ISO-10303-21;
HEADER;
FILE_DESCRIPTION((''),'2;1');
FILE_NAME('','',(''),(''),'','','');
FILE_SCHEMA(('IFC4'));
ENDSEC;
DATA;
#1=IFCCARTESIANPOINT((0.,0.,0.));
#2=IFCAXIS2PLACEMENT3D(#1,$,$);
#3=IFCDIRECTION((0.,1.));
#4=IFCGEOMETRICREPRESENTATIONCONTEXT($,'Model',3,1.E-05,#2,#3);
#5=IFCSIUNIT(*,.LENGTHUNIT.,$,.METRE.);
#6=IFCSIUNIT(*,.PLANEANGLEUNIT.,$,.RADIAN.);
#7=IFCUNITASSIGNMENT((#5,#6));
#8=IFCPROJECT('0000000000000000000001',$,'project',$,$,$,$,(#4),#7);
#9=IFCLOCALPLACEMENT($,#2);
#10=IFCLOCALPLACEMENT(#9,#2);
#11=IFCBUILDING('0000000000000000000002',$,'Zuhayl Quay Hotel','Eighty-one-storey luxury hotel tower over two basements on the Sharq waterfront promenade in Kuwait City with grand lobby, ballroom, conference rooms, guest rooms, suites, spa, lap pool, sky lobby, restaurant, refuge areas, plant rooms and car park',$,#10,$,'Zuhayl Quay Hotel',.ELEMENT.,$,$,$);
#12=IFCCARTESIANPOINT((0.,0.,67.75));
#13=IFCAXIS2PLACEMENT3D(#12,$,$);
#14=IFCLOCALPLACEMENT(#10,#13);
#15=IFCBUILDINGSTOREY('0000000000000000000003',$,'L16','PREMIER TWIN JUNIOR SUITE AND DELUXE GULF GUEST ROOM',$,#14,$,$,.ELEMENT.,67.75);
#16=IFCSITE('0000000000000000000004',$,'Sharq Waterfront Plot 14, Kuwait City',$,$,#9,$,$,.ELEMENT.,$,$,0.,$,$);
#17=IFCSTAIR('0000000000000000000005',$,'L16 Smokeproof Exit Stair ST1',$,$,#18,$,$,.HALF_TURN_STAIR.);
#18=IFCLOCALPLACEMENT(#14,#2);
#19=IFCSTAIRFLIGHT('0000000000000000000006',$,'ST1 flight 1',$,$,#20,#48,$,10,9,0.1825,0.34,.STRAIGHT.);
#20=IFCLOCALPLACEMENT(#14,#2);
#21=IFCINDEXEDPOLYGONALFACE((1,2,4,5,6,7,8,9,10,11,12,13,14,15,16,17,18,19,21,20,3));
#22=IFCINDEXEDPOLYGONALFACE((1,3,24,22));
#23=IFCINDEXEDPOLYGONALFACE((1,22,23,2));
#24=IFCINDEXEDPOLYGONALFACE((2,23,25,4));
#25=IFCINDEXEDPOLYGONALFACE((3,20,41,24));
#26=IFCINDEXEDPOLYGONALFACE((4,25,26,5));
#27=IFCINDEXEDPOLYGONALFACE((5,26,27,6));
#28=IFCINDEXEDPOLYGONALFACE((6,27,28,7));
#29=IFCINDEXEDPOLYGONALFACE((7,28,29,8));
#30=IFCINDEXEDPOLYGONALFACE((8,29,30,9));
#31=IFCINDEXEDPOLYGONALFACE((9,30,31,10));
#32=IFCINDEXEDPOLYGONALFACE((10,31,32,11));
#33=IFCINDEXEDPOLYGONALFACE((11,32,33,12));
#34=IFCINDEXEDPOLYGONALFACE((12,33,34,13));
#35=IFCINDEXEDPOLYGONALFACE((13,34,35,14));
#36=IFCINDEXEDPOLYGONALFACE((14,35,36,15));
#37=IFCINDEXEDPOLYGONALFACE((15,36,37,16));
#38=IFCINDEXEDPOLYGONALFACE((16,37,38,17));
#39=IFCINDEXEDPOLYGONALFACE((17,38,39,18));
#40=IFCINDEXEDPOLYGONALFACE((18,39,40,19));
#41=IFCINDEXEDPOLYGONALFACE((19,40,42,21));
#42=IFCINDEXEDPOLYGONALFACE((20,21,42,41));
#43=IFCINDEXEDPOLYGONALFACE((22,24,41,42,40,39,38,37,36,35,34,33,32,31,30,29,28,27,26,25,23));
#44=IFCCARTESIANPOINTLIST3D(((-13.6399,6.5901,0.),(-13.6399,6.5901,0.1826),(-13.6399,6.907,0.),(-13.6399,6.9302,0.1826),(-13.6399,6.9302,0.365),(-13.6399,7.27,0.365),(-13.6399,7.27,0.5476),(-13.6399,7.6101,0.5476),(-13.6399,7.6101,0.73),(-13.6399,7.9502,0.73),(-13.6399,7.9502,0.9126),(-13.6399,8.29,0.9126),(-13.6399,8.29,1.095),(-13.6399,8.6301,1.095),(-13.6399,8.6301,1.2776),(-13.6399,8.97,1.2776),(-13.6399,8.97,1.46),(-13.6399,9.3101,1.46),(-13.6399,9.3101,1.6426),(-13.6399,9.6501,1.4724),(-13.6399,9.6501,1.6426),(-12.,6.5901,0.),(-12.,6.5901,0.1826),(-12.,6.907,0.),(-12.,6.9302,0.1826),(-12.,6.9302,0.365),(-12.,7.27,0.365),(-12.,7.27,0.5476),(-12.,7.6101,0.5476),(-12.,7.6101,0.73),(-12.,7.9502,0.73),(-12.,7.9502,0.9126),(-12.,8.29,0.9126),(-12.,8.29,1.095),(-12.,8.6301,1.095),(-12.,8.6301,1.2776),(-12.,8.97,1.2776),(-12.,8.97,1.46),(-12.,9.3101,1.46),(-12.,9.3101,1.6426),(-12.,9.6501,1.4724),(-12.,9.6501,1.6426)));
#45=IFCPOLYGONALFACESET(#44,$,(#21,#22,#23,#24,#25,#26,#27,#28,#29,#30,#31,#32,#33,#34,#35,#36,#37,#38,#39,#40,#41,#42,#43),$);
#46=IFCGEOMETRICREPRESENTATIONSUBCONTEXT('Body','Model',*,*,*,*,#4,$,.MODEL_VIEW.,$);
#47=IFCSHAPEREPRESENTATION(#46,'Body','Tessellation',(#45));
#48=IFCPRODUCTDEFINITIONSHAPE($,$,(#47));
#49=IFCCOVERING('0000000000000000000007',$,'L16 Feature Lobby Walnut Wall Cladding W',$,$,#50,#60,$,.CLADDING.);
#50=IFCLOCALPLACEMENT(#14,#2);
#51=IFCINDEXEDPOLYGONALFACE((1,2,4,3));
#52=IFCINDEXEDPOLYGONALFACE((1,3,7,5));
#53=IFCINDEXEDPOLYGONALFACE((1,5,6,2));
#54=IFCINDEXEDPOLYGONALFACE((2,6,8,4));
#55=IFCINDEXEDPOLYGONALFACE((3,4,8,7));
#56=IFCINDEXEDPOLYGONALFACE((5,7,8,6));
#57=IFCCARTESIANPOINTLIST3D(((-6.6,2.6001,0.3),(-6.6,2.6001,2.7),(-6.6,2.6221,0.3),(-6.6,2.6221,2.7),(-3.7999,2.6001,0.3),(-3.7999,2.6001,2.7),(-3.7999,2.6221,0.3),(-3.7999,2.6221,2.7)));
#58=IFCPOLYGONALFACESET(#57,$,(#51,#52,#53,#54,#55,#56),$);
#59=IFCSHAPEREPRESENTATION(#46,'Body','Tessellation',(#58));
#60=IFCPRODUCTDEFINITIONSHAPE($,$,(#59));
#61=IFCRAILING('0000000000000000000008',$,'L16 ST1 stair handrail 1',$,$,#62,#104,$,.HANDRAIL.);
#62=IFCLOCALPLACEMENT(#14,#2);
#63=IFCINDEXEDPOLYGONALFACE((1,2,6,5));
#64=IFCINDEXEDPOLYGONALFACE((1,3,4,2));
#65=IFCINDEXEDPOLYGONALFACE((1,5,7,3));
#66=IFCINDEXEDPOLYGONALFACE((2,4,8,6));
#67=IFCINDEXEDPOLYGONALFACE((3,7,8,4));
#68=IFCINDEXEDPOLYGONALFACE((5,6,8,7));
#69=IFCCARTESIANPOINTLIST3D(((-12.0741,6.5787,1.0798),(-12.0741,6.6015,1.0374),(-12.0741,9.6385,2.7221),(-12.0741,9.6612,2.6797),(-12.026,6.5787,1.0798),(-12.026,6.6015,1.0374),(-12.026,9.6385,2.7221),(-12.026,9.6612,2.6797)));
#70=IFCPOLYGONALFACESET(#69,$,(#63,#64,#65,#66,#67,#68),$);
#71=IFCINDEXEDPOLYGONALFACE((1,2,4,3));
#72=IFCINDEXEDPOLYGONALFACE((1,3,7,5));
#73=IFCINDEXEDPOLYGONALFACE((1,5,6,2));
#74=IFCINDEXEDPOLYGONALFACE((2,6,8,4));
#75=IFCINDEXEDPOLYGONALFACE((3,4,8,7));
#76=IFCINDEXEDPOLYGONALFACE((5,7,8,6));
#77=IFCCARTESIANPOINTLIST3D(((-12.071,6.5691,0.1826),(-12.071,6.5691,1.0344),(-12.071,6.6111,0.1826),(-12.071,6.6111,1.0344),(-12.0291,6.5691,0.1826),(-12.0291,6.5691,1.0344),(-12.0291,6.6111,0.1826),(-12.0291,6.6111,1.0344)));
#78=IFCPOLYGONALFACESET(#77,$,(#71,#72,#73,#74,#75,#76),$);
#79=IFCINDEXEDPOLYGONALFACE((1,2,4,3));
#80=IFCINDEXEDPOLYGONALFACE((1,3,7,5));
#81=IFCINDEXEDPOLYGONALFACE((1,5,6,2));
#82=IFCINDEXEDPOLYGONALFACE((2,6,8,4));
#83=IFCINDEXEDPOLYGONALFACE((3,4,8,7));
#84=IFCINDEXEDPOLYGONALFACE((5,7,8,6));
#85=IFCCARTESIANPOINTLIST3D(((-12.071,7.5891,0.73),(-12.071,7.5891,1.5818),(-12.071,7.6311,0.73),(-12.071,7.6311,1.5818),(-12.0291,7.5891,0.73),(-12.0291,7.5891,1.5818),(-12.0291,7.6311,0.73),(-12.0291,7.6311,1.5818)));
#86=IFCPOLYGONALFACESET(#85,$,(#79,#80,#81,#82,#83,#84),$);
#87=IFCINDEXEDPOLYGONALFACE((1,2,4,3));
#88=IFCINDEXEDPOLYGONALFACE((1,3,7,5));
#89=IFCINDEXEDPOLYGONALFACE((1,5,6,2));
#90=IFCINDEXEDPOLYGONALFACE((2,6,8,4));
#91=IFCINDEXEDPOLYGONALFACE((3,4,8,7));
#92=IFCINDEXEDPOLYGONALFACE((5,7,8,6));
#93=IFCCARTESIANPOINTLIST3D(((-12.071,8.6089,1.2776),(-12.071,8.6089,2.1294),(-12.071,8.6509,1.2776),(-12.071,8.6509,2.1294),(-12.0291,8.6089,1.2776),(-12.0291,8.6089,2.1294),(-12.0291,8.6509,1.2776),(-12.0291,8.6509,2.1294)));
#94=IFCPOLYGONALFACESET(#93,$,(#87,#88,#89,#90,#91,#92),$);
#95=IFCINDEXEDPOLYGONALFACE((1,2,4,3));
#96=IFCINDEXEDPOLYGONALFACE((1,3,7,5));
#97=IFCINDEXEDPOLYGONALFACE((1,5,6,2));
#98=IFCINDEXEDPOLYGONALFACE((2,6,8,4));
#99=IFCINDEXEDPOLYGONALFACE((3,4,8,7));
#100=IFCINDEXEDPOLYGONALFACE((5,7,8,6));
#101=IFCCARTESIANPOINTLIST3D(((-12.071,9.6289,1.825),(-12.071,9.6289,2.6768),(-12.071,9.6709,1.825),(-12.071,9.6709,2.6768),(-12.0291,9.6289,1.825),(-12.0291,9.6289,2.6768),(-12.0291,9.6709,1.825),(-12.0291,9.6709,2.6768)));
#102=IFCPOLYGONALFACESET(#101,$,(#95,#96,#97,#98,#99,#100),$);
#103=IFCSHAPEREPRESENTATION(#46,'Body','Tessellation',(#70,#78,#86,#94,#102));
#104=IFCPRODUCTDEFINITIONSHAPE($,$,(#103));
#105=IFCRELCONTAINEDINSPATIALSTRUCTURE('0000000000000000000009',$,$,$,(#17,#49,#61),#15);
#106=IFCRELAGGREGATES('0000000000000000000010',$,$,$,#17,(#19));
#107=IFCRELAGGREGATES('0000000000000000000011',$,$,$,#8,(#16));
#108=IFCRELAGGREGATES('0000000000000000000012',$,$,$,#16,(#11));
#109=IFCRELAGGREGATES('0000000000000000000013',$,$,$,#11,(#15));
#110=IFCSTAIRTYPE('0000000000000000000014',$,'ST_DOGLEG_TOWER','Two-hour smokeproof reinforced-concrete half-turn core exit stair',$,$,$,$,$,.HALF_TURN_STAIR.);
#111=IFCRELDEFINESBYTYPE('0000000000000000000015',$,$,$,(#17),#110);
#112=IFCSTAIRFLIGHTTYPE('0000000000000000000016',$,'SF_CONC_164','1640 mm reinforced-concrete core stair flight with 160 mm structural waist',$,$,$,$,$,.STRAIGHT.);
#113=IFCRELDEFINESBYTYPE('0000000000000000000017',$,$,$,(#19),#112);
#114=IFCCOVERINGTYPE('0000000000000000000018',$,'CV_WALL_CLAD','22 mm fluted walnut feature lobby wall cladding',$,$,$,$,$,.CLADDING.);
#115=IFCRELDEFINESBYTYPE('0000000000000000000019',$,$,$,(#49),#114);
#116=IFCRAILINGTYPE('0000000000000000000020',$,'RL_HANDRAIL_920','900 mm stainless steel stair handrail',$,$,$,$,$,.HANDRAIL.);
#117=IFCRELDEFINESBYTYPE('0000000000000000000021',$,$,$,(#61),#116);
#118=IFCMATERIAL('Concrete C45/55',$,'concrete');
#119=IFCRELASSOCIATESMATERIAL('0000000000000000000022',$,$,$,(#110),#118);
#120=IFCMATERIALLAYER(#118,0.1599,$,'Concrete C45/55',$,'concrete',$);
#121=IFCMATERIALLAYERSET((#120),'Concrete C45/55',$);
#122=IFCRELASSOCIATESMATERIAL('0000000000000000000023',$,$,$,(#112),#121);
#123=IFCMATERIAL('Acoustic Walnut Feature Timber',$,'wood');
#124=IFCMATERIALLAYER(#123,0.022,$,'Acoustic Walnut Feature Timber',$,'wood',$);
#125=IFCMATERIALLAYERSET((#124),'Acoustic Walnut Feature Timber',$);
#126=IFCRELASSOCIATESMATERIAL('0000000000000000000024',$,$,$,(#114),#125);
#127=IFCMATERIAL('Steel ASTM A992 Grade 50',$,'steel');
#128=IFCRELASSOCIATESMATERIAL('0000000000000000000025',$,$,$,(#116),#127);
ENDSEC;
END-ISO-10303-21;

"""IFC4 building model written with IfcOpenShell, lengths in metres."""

from ifc_helpers import new_model, si_unit, direction, frame, origin, origin_2d, place, context, subcontext, project, spatial, polyline, rectangle, outline, extrude, material, layer, layer_set, type_object, element, aggregate, save


model = new_model("IFC4")

# Units and contexts
model_context = context("Model", 3, precision=1e-05, world=origin(), true_north=direction((0.0, 1.0)))
body_context = subcontext(model_context, "Body", "Model", "MODEL_VIEW")
ifc_project = project(units=[si_unit("LENGTHUNIT", "METRE"), si_unit("PLANEANGLEUNIT", "RADIAN")], contexts=[model_context])

# Site, building, storey
site_placement = place(None, origin())
site = spatial("IfcSite", under=ifc_project, at=site_placement, Name="Sharq Waterfront Plot 14, Kuwait City", CompositionType="ELEMENT", RefElevation=0.0)
building_placement = place(site_placement, origin())
building = spatial("IfcBuilding", under=site, at=building_placement, Name="Zuhayl Quay Hotel", Description="Eighty-one-storey luxury hotel tower over two basements on the Sharq waterfront promenade in Kuwait City with grand lobby, ballroom, conference rooms, guest rooms, suites, spa, lap pool, sky lobby, restaurant, refuge areas, plant rooms and car park", LongName="Zuhayl Quay Hotel", CompositionType="ELEMENT")
storey_placement = place(building_placement, frame((0.0, 0.0, 67.75)))
storey = spatial("IfcBuildingStorey", under=building, at=storey_placement, Name="L16", Description="PREMIER TWIN JUNIOR SUITE AND DELUXE GULF GUEST ROOM", CompositionType="ELEMENT", Elevation=67.75)

# Shared definitions
ifc_material_1 = material(Name="Steel ASTM A992 Grade 50", Category="steel")

# Stair, stair flight
ifc_material_2 = material(Name="Concrete C45/55", Category="concrete")
stair_type = type_object("IfcStairType", Name="ST_DOGLEG_TOWER", Description="Two-hour smokeproof reinforced-concrete half-turn core exit stair", PredefinedType="HALF_TURN_STAIR", material=ifc_material_2)
stair_placement = place(storey_placement, origin())
stair = element("IfcStair", 1, at=stair_placement, inside=storey, type_object=stair_type, Name="L16 Smokeproof Exit Stair ST1", PredefinedType="HALF_TURN_STAIR")
ifc_layer_1 = layer(ifc_material_2, 0.1599, Name="Concrete C45/55", Category="concrete")
ifc_layer_set_1 = layer_set([ifc_layer_1], Name="Concrete C45/55")
stair_flight_type = type_object("IfcStairFlightType", Name="SF_CONC_164", Description="1640 mm reinforced-concrete core stair flight with 160 mm structural waist", PredefinedType="STRAIGHT", material=ifc_layer_set_1)
stair_flight_placement = place(storey_placement, frame((-12.8201, 6.5901, 0.0), z_axis=(0.0, 0.0, 1.0), x_axis=(0.0, 1.0, 0.0)))
stair_flight = element("IfcStairFlight", 2, at=stair_flight_placement, type_object=stair_flight_type, Name="ST1 flight 1", NumberOfRisers=10, NumberOfTreads=9, PredefinedType="STRAIGHT", RiserHeight=0.1825, TreadLength=0.34, context=body_context, shape_type="SweptSolid", body=[
    extrude(outline(polyline([(0.0, 0.0), (0.0, 0.1826), (0.3401, 0.1826), (0.3401, 0.365), (0.6799, 0.365), (0.6799, 0.5476), (1.02, 0.5476), (1.02, 0.73), (1.3601, 0.73), (1.3601, 0.9126), (1.7, 0.9126), (1.7, 1.095), (2.04, 1.095), (2.04, 1.2776), (2.3799, 1.2776), (2.3799, 1.46), (2.72, 1.46), (2.72, 1.6426), (3.0601, 1.6426), (3.0601, 1.825), (3.0601, 1.4724), (0.3169, 0.0), (0.0, 0.0)])), frame((0.0, 0.8198, 0.0), z_axis=(0.0, -1.0, 0.0), x_axis=(1.0, 0.0, 0.0)), (0.0, 0.0, 1.0), 1.6399),
])
aggregate(stair, [stair_flight])

# Covering
ifc_material_3 = material(Name="Acoustic Walnut Feature Timber", Category="wood")
ifc_layer_2 = layer(ifc_material_3, 0.022, Name="Acoustic Walnut Feature Timber", Category="wood")
ifc_layer_set_2 = layer_set([ifc_layer_2], Name="Acoustic Walnut Feature Timber")
covering_type = type_object("IfcCoveringType", Name="CV_WALL_CLAD", Description="22 mm fluted walnut feature lobby wall cladding", PredefinedType="CLADDING", material=ifc_layer_set_2)
covering_placement = place(storey_placement, frame((-5.2, 2.6111, 0.3), z_axis=(0.0, 0.0, 1.0), x_axis=(1.0, 0.0, 0.0)))
element("IfcCovering", 3, at=covering_placement, inside=storey, type_object=covering_type, Name="L16 Feature Lobby Walnut Wall Cladding W", PredefinedType="CLADDING", context=body_context, shape_type="SweptSolid", body=[
    extrude(rectangle(XDim=2.8, YDim=0.022, at=origin_2d()), origin(), (0.0, 0.0, 1.0), 2.3999),
])

# Railing
railing_type = type_object("IfcRailingType", Name="RL_HANDRAIL_920", Description="900 mm stainless steel stair handrail", PredefinedType="HANDRAIL", material=ifc_material_1)
railing_placement = place(storey_placement, frame((-12.05, 6.5901, 0.1826)))
element("IfcRailing", 4, at=railing_placement, inside=storey, type_object=railing_type, Name="L16 ST1 stair handrail 1", PredefinedType="HANDRAIL", context=body_context, shape_type="SweptSolid", body=[
    extrude(rectangle(XDim=0.0481, YDim=0.0481, at=origin_2d()), frame((0.0, 0.0, 0.876), z_axis=(0.0, 0.881102, 0.472926), x_axis=(-1.0, 0.0, 0.0)), (0.0, 0.0, 1.0), 3.4727),
    extrude(rectangle(XDim=0.042, YDim=0.042, at=origin_2d()), origin(), (0.0, 0.0, 1.0), 0.8518),
    extrude(rectangle(XDim=0.042, YDim=0.042, at=origin_2d()), frame((0.0, 1.02, 0.5474)), (0.0, 0.0, 1.0), 0.8518),
    extrude(rectangle(XDim=0.042, YDim=0.042, at=origin_2d()), frame((0.0, 2.0398, 1.095)), (0.0, 0.0, 1.0), 0.8518),
    extrude(rectangle(XDim=0.042, YDim=0.042, at=origin_2d()), frame((0.0, 3.0598, 1.6423)), (0.0, 0.0, 1.0), 0.8518),
])

save(model, "model.ifc")
